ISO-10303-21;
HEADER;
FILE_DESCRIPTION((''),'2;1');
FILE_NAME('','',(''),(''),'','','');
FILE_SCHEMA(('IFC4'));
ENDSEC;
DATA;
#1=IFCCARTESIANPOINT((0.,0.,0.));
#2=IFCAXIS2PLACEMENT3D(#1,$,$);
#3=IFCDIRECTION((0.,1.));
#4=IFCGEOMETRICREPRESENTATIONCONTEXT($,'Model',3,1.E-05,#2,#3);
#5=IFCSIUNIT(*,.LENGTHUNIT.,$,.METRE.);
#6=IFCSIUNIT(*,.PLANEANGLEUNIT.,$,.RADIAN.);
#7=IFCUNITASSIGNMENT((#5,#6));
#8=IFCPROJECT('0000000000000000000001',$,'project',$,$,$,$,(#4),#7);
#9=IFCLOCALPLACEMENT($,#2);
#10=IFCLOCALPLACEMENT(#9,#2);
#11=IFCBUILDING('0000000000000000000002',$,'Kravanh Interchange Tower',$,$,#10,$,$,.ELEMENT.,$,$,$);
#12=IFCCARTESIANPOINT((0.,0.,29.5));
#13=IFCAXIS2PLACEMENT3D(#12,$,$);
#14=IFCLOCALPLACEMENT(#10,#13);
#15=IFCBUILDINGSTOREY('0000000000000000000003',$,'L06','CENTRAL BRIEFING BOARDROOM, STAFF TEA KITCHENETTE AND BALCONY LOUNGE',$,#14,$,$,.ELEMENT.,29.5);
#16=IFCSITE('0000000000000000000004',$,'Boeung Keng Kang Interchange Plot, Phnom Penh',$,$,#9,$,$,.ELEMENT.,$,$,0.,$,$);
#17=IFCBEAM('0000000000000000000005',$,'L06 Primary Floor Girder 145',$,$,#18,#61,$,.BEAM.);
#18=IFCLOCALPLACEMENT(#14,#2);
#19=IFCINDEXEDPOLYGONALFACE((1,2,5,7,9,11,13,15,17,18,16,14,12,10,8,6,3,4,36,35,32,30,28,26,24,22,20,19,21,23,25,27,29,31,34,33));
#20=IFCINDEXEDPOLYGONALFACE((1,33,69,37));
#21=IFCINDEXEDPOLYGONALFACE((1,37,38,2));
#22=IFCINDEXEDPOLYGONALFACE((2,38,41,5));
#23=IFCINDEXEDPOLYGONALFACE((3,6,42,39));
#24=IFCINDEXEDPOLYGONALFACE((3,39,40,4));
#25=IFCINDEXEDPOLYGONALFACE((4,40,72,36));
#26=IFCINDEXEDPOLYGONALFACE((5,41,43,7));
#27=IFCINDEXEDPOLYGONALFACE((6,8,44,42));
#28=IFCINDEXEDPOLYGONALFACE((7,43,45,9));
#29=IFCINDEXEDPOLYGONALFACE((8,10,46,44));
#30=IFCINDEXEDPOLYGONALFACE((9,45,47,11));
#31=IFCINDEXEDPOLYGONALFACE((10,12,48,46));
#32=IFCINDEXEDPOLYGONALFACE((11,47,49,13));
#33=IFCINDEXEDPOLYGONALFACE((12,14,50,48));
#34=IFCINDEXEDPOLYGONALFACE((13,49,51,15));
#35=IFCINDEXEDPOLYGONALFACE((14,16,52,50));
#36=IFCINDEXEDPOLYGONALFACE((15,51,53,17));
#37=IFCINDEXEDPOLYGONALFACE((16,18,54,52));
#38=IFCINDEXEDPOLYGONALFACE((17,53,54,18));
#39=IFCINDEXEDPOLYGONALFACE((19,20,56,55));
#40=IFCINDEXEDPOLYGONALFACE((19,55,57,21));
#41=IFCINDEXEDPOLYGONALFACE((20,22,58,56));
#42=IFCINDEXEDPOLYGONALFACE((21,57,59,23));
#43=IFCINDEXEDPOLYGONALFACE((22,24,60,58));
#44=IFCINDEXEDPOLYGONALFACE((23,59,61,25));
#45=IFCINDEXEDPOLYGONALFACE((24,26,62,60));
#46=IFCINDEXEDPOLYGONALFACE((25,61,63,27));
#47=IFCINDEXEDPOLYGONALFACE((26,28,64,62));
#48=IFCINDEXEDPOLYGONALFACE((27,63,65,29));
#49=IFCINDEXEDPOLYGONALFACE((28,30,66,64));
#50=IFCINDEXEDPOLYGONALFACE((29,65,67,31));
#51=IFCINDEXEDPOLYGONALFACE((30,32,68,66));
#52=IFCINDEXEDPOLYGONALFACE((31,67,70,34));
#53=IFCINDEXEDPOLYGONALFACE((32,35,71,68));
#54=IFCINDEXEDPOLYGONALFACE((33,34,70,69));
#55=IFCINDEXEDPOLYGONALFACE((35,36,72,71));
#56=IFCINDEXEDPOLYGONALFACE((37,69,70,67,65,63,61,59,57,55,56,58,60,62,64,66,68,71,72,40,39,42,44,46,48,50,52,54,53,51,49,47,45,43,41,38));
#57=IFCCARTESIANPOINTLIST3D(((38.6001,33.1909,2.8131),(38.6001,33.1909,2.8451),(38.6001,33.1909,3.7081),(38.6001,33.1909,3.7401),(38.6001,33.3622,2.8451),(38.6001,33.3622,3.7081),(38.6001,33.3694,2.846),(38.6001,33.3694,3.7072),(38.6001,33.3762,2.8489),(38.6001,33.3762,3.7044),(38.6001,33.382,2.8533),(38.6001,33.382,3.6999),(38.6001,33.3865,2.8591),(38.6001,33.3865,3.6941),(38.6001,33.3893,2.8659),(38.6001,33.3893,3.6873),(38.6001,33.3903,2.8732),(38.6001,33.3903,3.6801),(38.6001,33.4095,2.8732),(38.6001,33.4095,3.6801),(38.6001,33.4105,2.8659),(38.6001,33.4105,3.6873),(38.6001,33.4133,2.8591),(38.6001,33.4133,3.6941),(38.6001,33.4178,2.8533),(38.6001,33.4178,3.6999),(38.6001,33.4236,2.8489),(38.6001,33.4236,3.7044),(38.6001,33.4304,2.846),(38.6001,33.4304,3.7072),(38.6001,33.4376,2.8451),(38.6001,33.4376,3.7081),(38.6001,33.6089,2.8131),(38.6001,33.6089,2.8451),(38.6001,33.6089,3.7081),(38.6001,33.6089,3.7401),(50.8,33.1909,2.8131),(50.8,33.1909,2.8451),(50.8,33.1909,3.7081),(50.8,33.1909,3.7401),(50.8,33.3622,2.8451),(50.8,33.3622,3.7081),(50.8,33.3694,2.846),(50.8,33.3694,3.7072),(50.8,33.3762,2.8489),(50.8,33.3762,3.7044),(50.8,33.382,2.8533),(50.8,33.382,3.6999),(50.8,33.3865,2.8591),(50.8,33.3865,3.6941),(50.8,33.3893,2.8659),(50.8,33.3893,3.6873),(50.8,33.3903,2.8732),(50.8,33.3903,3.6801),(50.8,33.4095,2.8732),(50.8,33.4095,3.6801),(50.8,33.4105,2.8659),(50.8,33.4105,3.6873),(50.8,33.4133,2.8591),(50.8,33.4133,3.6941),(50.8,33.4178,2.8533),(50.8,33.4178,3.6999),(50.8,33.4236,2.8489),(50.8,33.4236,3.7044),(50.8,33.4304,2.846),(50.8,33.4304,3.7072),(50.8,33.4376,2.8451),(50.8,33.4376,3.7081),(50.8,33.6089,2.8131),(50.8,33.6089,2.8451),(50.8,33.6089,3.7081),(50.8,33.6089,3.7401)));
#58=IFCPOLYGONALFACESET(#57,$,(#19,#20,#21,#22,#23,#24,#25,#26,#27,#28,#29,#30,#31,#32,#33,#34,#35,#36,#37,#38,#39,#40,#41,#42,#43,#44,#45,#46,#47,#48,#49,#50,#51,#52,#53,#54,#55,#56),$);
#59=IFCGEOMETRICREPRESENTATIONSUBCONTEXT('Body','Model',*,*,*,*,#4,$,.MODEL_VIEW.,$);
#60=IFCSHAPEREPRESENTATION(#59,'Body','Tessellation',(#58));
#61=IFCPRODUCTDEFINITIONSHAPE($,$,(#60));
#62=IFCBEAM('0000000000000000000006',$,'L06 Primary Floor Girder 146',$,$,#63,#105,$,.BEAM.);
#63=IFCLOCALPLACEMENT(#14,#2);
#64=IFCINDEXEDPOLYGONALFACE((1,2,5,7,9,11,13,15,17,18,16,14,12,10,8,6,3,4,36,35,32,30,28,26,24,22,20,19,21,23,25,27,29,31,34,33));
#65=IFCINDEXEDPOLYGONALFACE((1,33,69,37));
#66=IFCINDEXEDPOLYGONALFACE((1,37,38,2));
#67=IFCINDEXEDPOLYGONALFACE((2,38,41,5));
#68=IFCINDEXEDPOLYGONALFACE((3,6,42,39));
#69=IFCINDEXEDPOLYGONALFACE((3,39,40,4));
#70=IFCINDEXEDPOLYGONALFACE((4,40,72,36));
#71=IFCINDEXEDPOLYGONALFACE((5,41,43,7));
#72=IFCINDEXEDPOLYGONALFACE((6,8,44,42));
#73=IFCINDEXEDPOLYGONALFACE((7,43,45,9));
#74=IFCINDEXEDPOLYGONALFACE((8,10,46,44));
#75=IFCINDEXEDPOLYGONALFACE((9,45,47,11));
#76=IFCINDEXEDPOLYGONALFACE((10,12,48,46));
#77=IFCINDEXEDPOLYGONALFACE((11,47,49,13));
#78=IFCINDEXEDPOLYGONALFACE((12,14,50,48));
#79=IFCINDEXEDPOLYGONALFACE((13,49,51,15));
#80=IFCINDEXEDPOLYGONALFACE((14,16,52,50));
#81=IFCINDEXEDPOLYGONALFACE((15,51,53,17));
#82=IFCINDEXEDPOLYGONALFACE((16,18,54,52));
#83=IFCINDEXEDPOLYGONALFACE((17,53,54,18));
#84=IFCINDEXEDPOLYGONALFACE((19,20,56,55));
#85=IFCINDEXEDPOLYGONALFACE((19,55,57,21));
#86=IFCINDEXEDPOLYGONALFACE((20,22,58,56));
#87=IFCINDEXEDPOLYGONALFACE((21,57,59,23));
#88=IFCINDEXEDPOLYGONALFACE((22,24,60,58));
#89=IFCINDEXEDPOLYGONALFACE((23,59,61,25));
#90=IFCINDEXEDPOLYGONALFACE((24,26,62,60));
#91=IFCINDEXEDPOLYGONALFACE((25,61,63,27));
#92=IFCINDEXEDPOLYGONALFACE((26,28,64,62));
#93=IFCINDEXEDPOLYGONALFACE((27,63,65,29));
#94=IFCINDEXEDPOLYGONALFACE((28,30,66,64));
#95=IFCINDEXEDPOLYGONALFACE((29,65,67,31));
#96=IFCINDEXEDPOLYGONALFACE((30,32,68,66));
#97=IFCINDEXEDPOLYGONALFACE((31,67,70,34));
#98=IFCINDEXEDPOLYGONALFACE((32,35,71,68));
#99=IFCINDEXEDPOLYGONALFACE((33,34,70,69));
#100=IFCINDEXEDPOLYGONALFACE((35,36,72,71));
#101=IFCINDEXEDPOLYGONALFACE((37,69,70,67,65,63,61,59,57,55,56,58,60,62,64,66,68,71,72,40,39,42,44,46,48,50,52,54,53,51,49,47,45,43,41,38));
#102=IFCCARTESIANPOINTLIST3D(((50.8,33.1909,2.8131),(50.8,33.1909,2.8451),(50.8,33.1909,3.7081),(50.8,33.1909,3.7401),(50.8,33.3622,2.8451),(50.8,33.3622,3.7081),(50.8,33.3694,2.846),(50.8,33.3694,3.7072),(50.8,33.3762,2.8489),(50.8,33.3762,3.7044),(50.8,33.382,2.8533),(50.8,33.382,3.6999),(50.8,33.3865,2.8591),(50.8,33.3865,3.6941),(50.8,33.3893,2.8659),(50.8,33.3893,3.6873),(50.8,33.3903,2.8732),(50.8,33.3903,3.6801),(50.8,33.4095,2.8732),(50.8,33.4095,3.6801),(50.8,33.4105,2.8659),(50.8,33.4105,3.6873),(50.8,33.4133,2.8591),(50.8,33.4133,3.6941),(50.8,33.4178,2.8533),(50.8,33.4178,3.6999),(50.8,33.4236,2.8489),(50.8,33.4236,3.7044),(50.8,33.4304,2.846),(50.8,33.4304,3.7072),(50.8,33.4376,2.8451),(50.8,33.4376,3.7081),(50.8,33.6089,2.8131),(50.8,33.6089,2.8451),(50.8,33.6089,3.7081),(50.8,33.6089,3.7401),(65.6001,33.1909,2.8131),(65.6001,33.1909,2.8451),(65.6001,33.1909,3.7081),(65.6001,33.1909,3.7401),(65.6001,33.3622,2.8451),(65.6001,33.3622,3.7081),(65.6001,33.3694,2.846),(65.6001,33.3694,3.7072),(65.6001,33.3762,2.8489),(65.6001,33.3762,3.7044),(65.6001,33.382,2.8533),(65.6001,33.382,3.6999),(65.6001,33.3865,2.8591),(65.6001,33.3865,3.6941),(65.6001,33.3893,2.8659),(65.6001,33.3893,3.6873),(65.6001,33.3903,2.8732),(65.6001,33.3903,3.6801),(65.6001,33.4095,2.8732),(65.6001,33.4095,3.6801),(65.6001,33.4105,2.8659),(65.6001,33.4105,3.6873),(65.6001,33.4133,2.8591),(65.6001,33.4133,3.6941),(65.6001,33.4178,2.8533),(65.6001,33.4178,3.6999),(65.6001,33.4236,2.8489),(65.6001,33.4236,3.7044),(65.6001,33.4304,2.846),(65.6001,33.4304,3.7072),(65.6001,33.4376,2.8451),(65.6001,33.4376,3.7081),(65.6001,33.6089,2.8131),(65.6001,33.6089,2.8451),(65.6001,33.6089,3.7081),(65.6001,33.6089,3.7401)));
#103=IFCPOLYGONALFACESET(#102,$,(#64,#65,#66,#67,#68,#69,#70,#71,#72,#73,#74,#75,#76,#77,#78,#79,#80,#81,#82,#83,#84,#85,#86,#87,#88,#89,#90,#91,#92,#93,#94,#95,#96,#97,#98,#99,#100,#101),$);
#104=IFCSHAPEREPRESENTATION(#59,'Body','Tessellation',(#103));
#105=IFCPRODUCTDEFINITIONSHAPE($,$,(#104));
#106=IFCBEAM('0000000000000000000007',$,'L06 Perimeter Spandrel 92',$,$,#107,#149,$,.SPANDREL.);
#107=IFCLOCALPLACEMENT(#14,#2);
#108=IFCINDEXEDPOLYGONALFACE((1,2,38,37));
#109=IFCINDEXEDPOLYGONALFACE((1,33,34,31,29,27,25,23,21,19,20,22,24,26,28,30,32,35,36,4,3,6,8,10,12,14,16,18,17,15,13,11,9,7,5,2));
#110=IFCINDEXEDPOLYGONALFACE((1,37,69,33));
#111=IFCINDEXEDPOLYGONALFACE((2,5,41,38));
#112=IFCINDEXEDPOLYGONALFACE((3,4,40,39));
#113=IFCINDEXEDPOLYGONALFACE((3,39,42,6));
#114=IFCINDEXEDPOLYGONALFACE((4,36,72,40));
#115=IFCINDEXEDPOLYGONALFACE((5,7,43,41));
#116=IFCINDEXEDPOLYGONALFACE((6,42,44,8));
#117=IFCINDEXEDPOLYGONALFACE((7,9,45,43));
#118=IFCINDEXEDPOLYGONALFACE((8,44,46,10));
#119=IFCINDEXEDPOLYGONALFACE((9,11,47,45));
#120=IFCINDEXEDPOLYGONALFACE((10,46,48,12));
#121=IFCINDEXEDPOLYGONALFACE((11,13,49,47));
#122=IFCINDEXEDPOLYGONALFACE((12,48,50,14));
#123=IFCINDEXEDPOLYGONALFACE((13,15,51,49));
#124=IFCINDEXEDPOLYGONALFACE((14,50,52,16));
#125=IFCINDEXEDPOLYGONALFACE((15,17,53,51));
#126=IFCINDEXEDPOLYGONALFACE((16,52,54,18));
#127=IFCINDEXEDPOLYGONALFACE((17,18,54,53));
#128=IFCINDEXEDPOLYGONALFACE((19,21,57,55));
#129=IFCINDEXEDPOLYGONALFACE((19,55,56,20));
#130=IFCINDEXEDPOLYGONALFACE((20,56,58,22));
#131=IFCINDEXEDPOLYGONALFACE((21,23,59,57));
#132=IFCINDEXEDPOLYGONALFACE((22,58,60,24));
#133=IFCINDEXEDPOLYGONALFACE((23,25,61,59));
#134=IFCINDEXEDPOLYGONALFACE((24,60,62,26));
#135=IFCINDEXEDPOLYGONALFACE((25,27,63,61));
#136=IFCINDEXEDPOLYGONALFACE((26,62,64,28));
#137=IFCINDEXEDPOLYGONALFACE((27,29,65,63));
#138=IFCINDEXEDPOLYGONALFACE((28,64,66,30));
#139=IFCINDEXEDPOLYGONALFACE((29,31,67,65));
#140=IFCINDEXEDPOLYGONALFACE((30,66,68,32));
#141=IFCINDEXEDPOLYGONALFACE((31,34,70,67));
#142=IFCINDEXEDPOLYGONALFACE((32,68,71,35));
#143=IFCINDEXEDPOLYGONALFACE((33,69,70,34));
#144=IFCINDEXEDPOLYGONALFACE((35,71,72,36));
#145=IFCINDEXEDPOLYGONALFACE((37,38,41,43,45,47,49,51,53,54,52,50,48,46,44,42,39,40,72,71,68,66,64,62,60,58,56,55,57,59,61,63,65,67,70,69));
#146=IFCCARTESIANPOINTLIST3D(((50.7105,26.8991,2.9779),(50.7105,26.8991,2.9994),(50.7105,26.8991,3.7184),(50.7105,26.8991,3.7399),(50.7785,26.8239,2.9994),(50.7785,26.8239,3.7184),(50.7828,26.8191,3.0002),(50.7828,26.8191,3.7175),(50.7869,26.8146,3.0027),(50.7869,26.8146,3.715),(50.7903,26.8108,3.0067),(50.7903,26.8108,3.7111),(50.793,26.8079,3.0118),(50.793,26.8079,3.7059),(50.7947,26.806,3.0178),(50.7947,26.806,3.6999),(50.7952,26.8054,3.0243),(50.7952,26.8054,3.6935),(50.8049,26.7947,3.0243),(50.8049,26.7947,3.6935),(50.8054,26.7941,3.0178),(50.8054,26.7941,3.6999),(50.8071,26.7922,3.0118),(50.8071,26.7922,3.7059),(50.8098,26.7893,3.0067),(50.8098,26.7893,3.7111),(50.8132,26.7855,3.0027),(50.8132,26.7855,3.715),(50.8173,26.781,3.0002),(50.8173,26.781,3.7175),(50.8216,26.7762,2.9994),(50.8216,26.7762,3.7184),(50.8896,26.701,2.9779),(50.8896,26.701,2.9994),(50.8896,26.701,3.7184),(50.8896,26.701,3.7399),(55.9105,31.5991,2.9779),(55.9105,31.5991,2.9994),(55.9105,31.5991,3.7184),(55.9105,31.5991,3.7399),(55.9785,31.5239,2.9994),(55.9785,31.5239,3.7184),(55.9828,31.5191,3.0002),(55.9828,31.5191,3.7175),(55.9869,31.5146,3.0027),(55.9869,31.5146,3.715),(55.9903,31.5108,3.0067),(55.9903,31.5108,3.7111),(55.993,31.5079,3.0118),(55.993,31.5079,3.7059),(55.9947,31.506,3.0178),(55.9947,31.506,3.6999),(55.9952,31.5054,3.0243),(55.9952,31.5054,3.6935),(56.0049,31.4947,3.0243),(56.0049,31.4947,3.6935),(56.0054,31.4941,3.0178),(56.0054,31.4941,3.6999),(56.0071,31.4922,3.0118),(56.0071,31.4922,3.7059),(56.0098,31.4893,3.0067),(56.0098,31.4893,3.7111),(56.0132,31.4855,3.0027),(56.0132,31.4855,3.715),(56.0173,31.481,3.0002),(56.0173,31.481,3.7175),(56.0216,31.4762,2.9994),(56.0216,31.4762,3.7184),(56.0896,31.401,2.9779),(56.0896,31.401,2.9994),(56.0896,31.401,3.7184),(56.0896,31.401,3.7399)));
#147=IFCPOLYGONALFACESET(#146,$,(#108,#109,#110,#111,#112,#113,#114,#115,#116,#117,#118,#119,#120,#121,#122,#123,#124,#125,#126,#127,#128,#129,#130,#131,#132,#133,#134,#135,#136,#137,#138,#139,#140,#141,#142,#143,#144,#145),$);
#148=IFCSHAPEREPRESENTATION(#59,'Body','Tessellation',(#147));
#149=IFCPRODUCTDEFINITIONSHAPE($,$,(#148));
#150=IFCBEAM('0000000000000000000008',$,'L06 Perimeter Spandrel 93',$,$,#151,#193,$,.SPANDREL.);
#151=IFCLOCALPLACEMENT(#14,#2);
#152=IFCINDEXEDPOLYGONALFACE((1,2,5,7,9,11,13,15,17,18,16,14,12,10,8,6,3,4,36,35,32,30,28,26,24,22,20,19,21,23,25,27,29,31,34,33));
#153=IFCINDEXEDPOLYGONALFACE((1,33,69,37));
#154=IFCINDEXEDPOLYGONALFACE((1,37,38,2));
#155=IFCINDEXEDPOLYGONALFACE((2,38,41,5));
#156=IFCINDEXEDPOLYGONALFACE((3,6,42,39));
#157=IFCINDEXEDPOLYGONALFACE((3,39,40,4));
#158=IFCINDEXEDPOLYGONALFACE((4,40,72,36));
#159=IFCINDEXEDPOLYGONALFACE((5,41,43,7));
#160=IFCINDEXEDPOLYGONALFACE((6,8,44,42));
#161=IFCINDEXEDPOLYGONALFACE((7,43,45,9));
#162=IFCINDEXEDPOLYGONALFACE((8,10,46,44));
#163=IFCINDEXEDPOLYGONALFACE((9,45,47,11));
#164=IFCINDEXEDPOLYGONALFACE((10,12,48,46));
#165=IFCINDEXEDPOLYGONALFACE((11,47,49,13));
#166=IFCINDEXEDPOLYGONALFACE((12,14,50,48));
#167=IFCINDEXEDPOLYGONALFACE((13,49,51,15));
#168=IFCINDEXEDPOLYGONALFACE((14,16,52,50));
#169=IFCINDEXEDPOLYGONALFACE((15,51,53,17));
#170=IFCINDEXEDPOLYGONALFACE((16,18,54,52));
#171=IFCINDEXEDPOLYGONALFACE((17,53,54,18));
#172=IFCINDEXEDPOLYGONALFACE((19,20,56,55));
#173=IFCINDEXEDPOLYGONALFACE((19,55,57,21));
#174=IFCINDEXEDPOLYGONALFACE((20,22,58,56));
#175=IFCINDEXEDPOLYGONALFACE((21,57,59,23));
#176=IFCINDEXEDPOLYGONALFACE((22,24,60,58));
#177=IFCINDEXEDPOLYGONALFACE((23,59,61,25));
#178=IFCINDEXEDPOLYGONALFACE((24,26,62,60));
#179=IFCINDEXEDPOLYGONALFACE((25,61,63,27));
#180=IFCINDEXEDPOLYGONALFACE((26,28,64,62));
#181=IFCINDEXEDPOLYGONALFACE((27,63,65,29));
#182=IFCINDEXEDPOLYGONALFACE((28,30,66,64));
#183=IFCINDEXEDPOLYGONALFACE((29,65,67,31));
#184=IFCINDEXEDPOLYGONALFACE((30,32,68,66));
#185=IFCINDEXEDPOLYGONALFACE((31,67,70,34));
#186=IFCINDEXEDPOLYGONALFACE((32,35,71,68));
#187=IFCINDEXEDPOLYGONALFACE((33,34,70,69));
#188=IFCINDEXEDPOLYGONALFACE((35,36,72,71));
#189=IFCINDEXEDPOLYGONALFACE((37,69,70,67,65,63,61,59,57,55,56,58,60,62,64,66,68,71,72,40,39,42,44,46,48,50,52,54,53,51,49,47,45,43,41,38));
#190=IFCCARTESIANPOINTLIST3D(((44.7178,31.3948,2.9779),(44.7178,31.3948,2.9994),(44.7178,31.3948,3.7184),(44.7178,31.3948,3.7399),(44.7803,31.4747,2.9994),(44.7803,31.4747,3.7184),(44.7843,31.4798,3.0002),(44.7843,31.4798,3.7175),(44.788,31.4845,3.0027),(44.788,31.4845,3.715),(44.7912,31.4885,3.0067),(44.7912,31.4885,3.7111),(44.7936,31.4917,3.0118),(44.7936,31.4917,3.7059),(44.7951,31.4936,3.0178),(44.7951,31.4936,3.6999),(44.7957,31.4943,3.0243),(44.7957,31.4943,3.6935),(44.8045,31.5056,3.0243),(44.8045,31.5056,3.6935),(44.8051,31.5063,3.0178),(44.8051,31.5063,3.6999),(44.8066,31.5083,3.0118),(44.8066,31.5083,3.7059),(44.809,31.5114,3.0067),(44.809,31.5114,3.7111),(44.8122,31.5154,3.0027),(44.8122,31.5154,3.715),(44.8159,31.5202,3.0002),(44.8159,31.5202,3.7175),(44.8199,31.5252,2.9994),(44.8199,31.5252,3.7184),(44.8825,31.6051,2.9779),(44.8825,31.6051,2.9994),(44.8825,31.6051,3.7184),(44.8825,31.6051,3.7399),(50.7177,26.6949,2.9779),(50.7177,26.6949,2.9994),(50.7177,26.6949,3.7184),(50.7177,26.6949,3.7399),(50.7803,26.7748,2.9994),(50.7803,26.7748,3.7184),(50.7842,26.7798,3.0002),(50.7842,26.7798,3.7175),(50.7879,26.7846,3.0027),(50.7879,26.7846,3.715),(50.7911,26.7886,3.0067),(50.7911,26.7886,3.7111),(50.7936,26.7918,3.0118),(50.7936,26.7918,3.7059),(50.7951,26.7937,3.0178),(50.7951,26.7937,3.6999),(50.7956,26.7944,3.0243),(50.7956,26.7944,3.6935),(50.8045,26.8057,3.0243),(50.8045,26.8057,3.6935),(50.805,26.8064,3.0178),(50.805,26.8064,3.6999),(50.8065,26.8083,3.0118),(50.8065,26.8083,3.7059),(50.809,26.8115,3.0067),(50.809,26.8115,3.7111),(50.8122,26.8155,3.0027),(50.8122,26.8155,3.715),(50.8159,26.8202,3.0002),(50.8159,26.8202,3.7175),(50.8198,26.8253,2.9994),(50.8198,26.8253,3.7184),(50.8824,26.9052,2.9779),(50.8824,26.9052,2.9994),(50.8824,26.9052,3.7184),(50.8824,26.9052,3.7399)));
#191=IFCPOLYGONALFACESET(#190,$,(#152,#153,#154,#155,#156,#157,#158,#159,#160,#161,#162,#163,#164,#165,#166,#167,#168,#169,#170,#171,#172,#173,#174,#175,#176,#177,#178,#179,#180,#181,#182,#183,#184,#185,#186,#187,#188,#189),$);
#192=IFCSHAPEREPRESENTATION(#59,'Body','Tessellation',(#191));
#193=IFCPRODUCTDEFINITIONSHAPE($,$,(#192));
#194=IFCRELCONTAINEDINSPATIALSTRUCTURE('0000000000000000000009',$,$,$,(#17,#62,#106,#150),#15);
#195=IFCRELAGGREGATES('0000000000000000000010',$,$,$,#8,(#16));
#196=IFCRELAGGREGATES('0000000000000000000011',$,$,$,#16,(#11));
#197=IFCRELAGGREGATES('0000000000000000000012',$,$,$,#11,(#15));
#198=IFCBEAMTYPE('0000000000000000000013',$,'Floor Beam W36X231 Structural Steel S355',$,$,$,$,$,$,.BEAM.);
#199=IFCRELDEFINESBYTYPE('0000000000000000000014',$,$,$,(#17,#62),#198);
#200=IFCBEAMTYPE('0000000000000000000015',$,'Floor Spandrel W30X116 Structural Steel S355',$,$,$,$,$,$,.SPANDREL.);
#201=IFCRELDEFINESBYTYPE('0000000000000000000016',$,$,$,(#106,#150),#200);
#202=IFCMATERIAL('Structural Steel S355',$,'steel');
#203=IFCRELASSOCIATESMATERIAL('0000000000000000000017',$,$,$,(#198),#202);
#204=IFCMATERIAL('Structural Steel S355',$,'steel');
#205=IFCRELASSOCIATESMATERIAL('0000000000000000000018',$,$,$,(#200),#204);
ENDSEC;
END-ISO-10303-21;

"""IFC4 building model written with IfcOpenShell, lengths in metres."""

from ifc_helpers import new_model, si_unit, direction, frame, origin, origin_2d, place, context, subcontext, project, spatial, i_section, extrude, material, material_profile, profile_set, type_object, element, save


model = new_model("IFC4")

# Units and contexts
model_context = context("Model", 3, precision=1e-05, world=origin(), true_north=direction((0.0, 1.0)))
body_context = subcontext(model_context, "Body", "Model", "MODEL_VIEW")
ifc_project = project(units=[si_unit("LENGTHUNIT", "METRE"), si_unit("PLANEANGLEUNIT", "RADIAN")], contexts=[model_context])

# Site, building, storey
site_placement = place(None, origin())
site = spatial("IfcSite", under=ifc_project, at=site_placement, Name="Boeung Keng Kang Interchange Plot, Phnom Penh", CompositionType="ELEMENT", RefElevation=0.0)
building_placement = place(site_placement, origin())
building = spatial("IfcBuilding", under=site, at=building_placement, Name="Kravanh Interchange Tower", CompositionType="ELEMENT")
storey_placement = place(building_placement, frame((0.0, 0.0, 29.5)))
storey = spatial("IfcBuildingStorey", under=building, at=storey_placement, Name="L06", Description="CENTRAL BRIEFING BOARDROOM, STAFF TEA KITCHENETTE AND BALCONY LOUNGE", CompositionType="ELEMENT", Elevation=29.5)

# Beams
ifc_material_1 = material(Name="Structural Steel S355", Category="steel")
ifc_material_profile_1 = material_profile(ifc_material_1, i_section(OverallWidth=0.418, OverallDepth=0.927, WebThickness=0.0193, FlangeThickness=0.032, FilletRadius=0.0281, at=origin_2d()), Name="W36X231")
ifc_profile_set_1 = profile_set([ifc_material_profile_1], Name="Structural Steel S355")
beam_type_1 = type_object("IfcBeamType", Name="Floor Beam W36X231 Structural Steel S355", PredefinedType="BEAM", material=ifc_profile_set_1)
beam_1_placement = place(storey_placement, frame((38.6001, 33.3999, 3.2766), z_axis=(1.0, 0.0, 0.0), x_axis=(0.0, 1.0, 0.0)))
element("IfcBeam", 1, at=beam_1_placement, inside=storey, type_object=beam_type_1, Name="L06 Primary Floor Girder 145", PredefinedType="BEAM", context=body_context, shape_type="SweptSolid", body=[
    extrude(i_section(OverallWidth=0.418, OverallDepth=0.927, WebThickness=0.0193, FlangeThickness=0.032, FilletRadius=0.0281, at=origin_2d()), origin(), (0.0, 0.0, 1.0), 12.2),
])
beam_2_placement = place(storey_placement, frame((50.8, 33.3999, 3.2766), z_axis=(1.0, 0.0, 0.0), x_axis=(0.0, 1.0, 0.0)))
element("IfcBeam", 2, at=beam_2_placement, inside=storey, type_object=beam_type_1, Name="L06 Primary Floor Girder 146", PredefinedType="BEAM", context=body_context, shape_type="SweptSolid", body=[
    extrude(i_section(OverallWidth=0.418, OverallDepth=0.927, WebThickness=0.0193, FlangeThickness=0.032, FilletRadius=0.0281, at=origin_2d()), origin(), (0.0, 0.0, 1.0), 14.8),
])
ifc_material_2 = material(Name="Structural Steel S355", Category="steel")
ifc_material_profile_2 = material_profile(ifc_material_2, i_section(OverallWidth=0.2671, OverallDepth=0.762, WebThickness=0.0144, FlangeThickness=0.0215, FilletRadius=0.0249, at=origin_2d()), Name="W30X116")
ifc_profile_set_2 = profile_set([ifc_material_profile_2], Name="Structural Steel S355")
beam_type_2 = type_object("IfcBeamType", Name="Floor Spandrel W30X116 Structural Steel S355", PredefinedType="SPANDREL", material=ifc_profile_set_2)
beam_3_placement = place(storey_placement, frame((50.8, 26.8, 3.3589), z_axis=(0.741874, 0.670539, 0.0), x_axis=(-0.670539, 0.741874, 0.0)))
element("IfcBeam", 3, at=beam_3_placement, inside=storey, type_object=beam_type_2, Name="L06 Perimeter Spandrel 92", PredefinedType="SPANDREL", context=body_context, shape_type="SweptSolid", body=[
    extrude(i_section(OverallWidth=0.2671, OverallDepth=0.762, WebThickness=0.0144, FlangeThickness=0.0215, FilletRadius=0.0249, at=origin_2d()), origin(), (0.0, 0.0, 1.0), 7.0093),
])
beam_4_placement = place(storey_placement, frame((50.8, 26.8, 3.3589), z_axis=(-0.787231, 0.616658, 0.0), x_axis=(-0.616658, -0.787231, 0.0)))
element("IfcBeam", 4, at=beam_4_placement, inside=storey, type_object=beam_type_2, Name="L06 Perimeter Spandrel 93", PredefinedType="SPANDREL", context=body_context, shape_type="SweptSolid", body=[
    extrude(i_section(OverallWidth=0.2671, OverallDepth=0.762, WebThickness=0.0144, FlangeThickness=0.0215, FilletRadius=0.0249, at=origin_2d()), origin(), (0.0, 0.0, 1.0), 7.6216),
])

save(model, "model.ifc")
